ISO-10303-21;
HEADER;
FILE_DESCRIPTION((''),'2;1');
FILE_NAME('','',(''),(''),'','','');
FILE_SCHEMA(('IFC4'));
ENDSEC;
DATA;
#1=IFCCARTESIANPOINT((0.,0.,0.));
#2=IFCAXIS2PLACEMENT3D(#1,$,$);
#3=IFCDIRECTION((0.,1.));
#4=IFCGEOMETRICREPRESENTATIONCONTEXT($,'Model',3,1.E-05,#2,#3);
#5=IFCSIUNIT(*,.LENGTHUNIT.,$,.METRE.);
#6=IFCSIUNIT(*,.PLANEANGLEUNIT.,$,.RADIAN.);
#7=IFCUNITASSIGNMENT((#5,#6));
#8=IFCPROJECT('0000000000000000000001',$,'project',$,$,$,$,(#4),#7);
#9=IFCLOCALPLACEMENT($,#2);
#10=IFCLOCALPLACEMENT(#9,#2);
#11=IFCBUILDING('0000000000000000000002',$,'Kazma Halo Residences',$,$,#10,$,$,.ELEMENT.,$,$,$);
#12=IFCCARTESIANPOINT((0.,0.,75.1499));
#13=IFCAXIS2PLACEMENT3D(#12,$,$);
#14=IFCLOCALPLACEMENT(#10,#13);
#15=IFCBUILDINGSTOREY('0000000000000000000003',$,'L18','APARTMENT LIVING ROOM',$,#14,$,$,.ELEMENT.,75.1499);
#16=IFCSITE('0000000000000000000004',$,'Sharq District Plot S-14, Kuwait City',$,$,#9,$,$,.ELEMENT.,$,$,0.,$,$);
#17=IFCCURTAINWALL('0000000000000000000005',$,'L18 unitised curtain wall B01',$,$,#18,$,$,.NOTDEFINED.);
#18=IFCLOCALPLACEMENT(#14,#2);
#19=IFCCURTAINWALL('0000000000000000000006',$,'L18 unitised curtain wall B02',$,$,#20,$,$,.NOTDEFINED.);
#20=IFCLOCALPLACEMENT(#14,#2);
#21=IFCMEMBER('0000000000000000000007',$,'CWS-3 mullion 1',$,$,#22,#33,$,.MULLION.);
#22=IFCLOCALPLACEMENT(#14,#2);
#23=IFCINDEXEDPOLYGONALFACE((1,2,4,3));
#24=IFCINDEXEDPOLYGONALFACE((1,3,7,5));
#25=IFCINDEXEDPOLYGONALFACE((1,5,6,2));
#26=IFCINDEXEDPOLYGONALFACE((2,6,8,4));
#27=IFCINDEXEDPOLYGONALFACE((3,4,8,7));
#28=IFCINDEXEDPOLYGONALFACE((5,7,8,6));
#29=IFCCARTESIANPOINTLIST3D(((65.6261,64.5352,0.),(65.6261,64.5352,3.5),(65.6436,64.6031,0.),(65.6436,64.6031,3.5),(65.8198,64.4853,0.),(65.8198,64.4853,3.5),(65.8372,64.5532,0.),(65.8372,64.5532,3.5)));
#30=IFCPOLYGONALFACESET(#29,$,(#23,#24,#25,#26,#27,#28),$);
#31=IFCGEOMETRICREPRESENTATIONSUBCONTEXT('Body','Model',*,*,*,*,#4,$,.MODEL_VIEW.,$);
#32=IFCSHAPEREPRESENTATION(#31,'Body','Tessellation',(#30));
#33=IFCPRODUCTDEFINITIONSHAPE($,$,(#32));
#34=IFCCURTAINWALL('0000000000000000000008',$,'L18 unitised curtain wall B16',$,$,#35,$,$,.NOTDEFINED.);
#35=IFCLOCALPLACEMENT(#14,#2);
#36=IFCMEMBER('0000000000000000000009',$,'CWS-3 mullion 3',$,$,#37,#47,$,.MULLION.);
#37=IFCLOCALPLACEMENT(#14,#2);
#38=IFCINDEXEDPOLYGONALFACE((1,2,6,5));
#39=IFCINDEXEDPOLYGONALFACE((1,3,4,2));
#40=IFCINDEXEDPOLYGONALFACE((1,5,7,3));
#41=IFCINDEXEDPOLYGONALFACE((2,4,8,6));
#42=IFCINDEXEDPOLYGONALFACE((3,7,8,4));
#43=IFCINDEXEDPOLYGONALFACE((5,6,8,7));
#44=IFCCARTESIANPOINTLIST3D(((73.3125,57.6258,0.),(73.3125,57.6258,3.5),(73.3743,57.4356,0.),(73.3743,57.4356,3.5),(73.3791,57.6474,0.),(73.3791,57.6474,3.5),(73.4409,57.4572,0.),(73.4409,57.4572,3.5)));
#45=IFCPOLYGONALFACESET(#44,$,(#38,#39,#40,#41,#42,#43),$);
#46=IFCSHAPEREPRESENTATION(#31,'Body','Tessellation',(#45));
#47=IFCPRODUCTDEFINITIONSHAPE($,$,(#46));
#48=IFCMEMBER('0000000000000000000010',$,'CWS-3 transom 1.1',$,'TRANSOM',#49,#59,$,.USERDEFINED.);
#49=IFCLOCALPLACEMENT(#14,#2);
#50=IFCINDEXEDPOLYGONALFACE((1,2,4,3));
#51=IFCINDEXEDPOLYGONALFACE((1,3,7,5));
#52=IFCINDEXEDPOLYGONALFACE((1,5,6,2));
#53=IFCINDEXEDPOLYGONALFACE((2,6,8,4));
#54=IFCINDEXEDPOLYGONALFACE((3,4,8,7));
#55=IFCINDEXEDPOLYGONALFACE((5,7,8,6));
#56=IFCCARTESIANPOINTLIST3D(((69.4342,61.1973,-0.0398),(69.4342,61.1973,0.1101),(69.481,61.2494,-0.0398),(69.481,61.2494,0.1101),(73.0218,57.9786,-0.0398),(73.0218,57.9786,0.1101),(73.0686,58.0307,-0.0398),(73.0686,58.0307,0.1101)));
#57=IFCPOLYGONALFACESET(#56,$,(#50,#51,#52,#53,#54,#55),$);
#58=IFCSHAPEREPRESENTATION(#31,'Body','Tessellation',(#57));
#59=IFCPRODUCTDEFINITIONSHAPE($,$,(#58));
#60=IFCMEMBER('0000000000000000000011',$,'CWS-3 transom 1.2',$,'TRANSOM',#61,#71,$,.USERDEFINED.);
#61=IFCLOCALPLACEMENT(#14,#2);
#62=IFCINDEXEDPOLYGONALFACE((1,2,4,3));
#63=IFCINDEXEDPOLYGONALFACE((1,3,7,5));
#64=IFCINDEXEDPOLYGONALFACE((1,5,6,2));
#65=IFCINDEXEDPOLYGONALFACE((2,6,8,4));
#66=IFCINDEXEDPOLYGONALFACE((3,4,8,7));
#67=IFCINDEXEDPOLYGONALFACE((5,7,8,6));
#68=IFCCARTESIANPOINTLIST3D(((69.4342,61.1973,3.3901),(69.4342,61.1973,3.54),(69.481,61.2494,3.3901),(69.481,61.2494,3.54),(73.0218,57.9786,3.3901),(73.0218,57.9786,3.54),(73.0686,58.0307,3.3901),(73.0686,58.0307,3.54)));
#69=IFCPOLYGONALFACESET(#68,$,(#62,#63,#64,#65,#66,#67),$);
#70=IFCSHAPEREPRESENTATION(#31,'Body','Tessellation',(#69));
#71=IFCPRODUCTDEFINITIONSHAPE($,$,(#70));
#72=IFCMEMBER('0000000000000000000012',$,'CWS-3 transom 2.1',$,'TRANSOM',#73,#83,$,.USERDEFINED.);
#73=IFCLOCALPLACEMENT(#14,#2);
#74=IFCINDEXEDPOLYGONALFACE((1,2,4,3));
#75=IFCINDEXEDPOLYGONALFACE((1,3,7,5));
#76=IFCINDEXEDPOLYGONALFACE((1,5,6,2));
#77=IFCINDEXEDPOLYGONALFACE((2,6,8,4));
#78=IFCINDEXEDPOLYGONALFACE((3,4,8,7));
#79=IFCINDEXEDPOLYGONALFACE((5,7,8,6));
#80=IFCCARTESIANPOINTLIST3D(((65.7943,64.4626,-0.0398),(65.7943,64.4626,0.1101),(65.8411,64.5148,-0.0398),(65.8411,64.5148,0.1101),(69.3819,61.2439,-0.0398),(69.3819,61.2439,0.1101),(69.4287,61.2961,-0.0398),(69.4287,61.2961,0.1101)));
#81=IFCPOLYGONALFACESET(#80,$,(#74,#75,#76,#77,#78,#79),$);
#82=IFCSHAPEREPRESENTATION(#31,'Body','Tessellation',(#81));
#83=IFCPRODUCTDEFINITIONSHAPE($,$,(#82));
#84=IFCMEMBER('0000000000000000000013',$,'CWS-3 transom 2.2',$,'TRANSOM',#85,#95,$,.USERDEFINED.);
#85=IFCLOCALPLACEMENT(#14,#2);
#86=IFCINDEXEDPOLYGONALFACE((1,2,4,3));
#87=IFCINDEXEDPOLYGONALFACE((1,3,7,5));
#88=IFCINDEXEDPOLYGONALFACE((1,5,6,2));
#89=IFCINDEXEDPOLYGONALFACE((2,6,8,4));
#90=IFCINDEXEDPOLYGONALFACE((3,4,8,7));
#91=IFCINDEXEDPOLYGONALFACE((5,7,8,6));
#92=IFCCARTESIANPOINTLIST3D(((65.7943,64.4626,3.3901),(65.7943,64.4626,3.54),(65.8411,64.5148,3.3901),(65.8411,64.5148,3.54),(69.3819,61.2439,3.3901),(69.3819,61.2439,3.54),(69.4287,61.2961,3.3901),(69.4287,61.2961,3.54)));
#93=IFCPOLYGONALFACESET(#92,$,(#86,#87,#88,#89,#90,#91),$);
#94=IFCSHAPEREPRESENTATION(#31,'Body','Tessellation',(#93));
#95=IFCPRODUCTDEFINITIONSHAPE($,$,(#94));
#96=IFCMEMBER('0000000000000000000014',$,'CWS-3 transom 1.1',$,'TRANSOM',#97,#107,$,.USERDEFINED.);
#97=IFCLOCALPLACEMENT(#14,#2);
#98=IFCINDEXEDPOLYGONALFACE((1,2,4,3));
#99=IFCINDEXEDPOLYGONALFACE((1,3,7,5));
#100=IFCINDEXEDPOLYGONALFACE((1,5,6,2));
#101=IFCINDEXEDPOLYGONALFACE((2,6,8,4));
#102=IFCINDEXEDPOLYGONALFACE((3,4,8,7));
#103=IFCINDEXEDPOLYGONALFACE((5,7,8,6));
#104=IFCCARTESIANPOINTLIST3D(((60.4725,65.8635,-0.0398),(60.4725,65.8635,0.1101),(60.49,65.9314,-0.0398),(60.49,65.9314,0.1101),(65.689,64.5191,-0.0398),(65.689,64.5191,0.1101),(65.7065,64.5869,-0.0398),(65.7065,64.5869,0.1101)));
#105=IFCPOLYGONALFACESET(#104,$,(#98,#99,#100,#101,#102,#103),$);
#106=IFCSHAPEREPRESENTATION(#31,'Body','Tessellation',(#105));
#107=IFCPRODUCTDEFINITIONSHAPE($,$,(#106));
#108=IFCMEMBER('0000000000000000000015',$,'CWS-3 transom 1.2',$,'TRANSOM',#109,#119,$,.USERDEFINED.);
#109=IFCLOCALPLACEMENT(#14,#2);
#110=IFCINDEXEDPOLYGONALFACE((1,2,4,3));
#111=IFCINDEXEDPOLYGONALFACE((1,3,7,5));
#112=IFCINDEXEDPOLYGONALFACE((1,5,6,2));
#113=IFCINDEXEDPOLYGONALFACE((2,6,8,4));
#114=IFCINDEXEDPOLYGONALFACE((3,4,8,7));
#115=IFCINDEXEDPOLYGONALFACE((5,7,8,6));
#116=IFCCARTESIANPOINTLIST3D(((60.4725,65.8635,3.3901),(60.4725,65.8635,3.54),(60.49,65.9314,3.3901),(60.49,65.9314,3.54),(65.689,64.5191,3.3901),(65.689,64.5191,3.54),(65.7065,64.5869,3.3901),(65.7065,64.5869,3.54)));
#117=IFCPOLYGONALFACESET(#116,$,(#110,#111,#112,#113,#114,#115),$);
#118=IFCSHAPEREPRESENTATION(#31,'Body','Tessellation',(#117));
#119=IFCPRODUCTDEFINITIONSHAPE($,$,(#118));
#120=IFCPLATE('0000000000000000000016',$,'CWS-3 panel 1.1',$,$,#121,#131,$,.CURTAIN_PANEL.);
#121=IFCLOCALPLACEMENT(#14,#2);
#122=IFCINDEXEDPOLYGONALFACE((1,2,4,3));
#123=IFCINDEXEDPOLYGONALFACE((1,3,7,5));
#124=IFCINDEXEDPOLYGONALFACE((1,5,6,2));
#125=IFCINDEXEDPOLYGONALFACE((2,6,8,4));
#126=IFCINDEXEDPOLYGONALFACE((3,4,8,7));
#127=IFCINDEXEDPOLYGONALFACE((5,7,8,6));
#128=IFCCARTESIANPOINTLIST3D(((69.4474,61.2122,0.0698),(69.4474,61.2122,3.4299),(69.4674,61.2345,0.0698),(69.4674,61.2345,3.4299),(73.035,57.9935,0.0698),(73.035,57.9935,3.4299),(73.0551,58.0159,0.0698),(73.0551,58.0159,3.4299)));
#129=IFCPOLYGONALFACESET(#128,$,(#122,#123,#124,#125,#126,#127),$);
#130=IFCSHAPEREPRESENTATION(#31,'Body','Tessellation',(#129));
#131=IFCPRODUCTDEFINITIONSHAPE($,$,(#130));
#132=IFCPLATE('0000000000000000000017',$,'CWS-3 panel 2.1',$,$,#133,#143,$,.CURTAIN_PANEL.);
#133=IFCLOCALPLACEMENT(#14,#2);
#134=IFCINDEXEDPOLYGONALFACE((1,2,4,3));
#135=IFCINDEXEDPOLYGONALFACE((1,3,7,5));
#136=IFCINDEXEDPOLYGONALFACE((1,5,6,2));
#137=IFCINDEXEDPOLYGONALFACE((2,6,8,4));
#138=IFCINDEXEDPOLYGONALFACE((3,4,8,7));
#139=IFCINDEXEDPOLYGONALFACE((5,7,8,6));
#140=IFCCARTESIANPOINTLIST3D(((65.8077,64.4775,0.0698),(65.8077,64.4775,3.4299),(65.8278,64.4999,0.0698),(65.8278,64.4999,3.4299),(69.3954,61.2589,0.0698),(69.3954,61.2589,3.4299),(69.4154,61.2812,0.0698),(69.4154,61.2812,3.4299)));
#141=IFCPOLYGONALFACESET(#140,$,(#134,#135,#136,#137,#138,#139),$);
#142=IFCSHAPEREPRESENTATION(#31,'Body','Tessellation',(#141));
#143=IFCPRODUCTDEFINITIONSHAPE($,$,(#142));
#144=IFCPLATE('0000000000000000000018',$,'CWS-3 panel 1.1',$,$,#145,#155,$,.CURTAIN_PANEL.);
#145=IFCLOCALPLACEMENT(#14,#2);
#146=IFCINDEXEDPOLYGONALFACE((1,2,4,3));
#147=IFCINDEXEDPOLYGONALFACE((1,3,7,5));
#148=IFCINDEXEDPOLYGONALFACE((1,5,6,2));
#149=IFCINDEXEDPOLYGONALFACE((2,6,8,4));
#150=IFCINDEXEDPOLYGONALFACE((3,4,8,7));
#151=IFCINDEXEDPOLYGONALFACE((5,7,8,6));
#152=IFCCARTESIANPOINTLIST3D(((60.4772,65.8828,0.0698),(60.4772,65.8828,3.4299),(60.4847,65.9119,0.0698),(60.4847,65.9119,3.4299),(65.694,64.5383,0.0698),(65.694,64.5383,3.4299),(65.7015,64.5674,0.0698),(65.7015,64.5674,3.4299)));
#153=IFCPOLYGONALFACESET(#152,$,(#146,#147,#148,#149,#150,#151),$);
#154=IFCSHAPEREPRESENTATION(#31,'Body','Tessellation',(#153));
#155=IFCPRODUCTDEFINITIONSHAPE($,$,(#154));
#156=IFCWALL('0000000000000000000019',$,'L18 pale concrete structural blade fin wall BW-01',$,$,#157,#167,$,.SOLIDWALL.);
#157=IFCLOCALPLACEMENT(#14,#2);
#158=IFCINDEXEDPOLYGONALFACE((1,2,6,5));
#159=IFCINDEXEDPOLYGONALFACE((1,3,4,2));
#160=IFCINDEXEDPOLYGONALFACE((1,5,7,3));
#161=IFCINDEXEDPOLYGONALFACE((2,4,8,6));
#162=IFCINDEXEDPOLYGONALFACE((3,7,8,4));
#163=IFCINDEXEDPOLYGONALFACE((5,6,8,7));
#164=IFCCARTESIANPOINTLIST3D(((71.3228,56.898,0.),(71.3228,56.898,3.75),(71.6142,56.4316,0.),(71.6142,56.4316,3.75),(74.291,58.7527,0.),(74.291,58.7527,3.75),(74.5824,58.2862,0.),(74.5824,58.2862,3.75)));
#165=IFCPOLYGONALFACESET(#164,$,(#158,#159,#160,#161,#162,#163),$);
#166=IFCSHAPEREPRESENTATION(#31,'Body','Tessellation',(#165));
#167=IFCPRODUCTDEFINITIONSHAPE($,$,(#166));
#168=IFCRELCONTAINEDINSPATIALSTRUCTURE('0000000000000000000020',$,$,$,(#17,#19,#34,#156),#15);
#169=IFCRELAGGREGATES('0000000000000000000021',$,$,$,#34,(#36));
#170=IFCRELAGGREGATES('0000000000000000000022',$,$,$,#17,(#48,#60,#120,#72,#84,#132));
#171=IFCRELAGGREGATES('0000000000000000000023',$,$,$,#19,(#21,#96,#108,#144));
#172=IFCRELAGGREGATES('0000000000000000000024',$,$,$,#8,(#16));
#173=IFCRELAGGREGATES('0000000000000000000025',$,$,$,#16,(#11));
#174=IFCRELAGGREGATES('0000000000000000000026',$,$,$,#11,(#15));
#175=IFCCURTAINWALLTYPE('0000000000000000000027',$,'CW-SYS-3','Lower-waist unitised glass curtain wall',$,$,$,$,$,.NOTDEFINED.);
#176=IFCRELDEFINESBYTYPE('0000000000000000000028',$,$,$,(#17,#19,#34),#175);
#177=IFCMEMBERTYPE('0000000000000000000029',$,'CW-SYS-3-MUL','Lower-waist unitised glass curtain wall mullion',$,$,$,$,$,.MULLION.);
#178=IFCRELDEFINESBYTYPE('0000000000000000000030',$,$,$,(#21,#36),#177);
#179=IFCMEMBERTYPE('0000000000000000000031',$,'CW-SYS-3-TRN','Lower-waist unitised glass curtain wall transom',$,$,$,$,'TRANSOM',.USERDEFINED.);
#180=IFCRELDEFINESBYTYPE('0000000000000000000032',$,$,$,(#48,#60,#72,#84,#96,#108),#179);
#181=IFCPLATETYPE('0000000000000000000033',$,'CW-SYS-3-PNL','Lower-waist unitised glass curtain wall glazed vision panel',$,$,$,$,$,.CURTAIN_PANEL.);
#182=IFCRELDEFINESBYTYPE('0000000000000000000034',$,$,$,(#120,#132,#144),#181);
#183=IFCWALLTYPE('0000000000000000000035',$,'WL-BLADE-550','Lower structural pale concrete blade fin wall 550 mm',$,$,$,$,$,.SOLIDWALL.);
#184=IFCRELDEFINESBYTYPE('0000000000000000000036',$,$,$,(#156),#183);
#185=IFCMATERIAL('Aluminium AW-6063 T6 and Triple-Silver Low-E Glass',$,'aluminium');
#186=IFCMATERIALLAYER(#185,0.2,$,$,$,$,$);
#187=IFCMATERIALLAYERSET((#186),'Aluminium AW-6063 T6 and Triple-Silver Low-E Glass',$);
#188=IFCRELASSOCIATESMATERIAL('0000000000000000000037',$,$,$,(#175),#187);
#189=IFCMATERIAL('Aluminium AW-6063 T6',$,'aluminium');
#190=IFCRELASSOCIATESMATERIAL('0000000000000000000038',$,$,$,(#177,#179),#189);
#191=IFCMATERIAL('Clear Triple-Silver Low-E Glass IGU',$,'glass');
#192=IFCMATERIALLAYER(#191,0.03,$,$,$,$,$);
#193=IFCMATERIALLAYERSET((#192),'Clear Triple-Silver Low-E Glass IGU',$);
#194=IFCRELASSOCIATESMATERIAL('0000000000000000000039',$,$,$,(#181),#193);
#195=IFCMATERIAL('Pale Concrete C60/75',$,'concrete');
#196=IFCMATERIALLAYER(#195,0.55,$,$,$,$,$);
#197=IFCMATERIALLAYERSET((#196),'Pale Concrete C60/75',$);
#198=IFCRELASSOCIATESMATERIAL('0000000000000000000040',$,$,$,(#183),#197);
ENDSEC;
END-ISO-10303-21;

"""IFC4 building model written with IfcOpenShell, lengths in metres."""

from ifc_helpers import new_model, si_unit, direction, frame, frame_2d, origin, origin_2d, place, context, subcontext, project, spatial, rectangle, extrude, material, layer, layer_set, material_profile, profile_set, type_object, element, aggregate, save


model = new_model("IFC4")

# Units and contexts
model_context = context("Model", 3, precision=1e-05, world=origin(), true_north=direction((0.0, 1.0)))
body_context = subcontext(model_context, "Body", "Model", "MODEL_VIEW")
ifc_project = project(units=[si_unit("LENGTHUNIT", "METRE"), si_unit("PLANEANGLEUNIT", "RADIAN")], contexts=[model_context])

# Site, building, storey
site_placement = place(None, origin())
site = spatial("IfcSite", under=ifc_project, at=site_placement, Name="Sharq District Plot S-14, Kuwait City", CompositionType="ELEMENT", RefElevation=0.0)
building_placement = place(site_placement, origin())
building = spatial("IfcBuilding", under=site, at=building_placement, Name="Kazma Halo Residences", CompositionType="ELEMENT")
storey_placement = place(building_placement, frame((0.0, 0.0, 75.1499)))
storey = spatial("IfcBuildingStorey", under=building, at=storey_placement, Name="L18", Description="APARTMENT LIVING ROOM", CompositionType="ELEMENT", Elevation=75.1499)

# Curtain wall
ifc_material_1 = material(Name="Aluminium AW-6063 T6 and Triple-Silver Low-E Glass", Category="aluminium")
ifc_layer_1 = layer(ifc_material_1, 0.2)
ifc_layer_set_1 = layer_set([ifc_layer_1], Name="Aluminium AW-6063 T6 and Triple-Silver Low-E Glass")
curtain_wall_type = type_object("IfcCurtainWallType", Name="CW-SYS-3", Description="Lower-waist unitised glass curtain wall", PredefinedType="NOTDEFINED", material=ifc_layer_set_1)
curtain_wall_1_placement = place(storey_placement, origin())
curtain_wall_1 = element("IfcCurtainWall", 1, at=curtain_wall_1_placement, inside=storey, type_object=curtain_wall_type, Name="L18 unitised curtain wall B01", PredefinedType="NOTDEFINED")
ifc_material_2 = material(Name="Aluminium AW-6063 T6", Category="aluminium")
ifc_material_profile_1 = material_profile(ifc_material_2, rectangle(XDim=0.0701, YDim=0.2, at=origin_2d()), Name="CWM-70x200")
ifc_profile_set_1 = profile_set([ifc_material_profile_1], Name="Aluminium AW-6063 T6")
member_type_1 = type_object("IfcMemberType", Name="CW-SYS-3-MUL", Description="Lower-waist unitised glass curtain wall mullion", PredefinedType="MULLION", material=ifc_profile_set_1)

# Curtain walls, members
curtain_wall_2_placement = place(storey_placement, origin())
curtain_wall_2 = element("IfcCurtainWall", 2, at=curtain_wall_2_placement, inside=storey, type_object=curtain_wall_type, Name="L18 unitised curtain wall B02", PredefinedType="NOTDEFINED")
member_1_placement = place(storey_placement, frame((65.7317, 64.5442, 0.0), z_axis=(0.0, 0.0, 1.0), x_axis=(-0.249572, -0.968356, 0.0)))
member_1 = element("IfcMember", 3, at=member_1_placement, type_object=member_type_1, Name="CWS-3 mullion 1", PredefinedType="MULLION", context=body_context, shape_type="SweptSolid", body=[
    extrude(rectangle(XDim=0.0701, YDim=0.2, at=origin_2d()), origin(), (0.0, 0.0, 1.0), 3.5),
])
curtain_wall_3_placement = place(storey_placement, origin())
curtain_wall_3 = element("IfcCurtainWall", 4, at=curtain_wall_3_placement, inside=storey, type_object=curtain_wall_type, Name="L18 unitised curtain wall B16", PredefinedType="NOTDEFINED")
member_2_placement = place(storey_placement, frame((73.3767, 57.5415, 0.0), z_axis=(0.0, 0.0, 1.0), x_axis=(-0.951058, -0.309013, 0.0)))
member_2 = element("IfcMember", 5, at=member_2_placement, type_object=member_type_1, Name="CWS-3 mullion 3", PredefinedType="MULLION", context=body_context, shape_type="SweptSolid", body=[
    extrude(rectangle(XDim=0.0701, YDim=0.2, at=origin_2d()), origin(), (0.0, 0.0, 1.0), 3.5),
])
aggregate(curtain_wall_3, [member_2])

# Members
ifc_material_profile_2 = material_profile(ifc_material_2, rectangle(XDim=0.0701, YDim=0.1499, at=origin_2d()), Name="CWT-70x150")
ifc_profile_set_2 = profile_set([ifc_material_profile_2], Name="Aluminium AW-6063 T6")
member_type_2 = type_object("IfcMemberType", Name="CW-SYS-3-TRN", Description="Lower-waist unitised glass curtain wall transom", ElementType="TRANSOM", PredefinedType="USERDEFINED", material=ifc_profile_set_2)
member_3_placement = place(storey_placement, frame((73.0452, 58.0046, 0.0352), z_axis=(-0.744338, 0.667803, 0.0), x_axis=(-0.667803, -0.744338, 0.0)))
member_3 = element("IfcMember", 6, at=member_3_placement, type_object=member_type_2, Name="CWS-3 transom 1.1", ObjectType="TRANSOM", PredefinedType="USERDEFINED", context=body_context, shape_type="SweptSolid", body=[
    extrude(rectangle(XDim=0.0701, YDim=0.1499, at=origin_2d()), origin(), (0.0, 0.0, 1.0), 4.8198),
])
member_4_placement = place(storey_placement, frame((73.0452, 58.0046, 3.4651), z_axis=(-0.744338, 0.667803, 0.0), x_axis=(-0.667803, -0.744338, 0.0)))
member_4 = element("IfcMember", 7, at=member_4_placement, type_object=member_type_2, Name="CWS-3 transom 1.2", ObjectType="TRANSOM", PredefinedType="USERDEFINED", context=body_context, shape_type="SweptSolid", body=[
    extrude(rectangle(XDim=0.0701, YDim=0.1499, at=origin_2d()), origin(), (0.0, 0.0, 1.0), 4.8198),
])
member_5_placement = place(storey_placement, frame((69.4053, 61.27, 0.0352), z_axis=(-0.744338, 0.667803, 0.0), x_axis=(-0.667803, -0.744338, 0.0)))
member_5 = element("IfcMember", 8, at=member_5_placement, type_object=member_type_2, Name="CWS-3 transom 2.1", ObjectType="TRANSOM", PredefinedType="USERDEFINED", context=body_context, shape_type="SweptSolid", body=[
    extrude(rectangle(XDim=0.0701, YDim=0.1499, at=origin_2d()), origin(), (0.0, 0.0, 1.0), 4.8198),
])
member_6_placement = place(storey_placement, frame((69.4053, 61.27, 3.4651), z_axis=(-0.744338, 0.667803, 0.0), x_axis=(-0.667803, -0.744338, 0.0)))
member_6 = element("IfcMember", 9, at=member_6_placement, type_object=member_type_2, Name="CWS-3 transom 2.2", ObjectType="TRANSOM", PredefinedType="USERDEFINED", context=body_context, shape_type="SweptSolid", body=[
    extrude(rectangle(XDim=0.0701, YDim=0.1499, at=origin_2d()), origin(), (0.0, 0.0, 1.0), 4.8198),
])
member_7_placement = place(storey_placement, frame((65.6978, 64.553, 0.0352), z_axis=(-0.968355, 0.249578, 0.0), x_axis=(-0.249578, -0.968355, 0.0)))
member_7 = element("IfcMember", 10, at=member_7_placement, type_object=member_type_2, Name="CWS-3 transom 1.1", ObjectType="TRANSOM", PredefinedType="USERDEFINED", context=body_context, shape_type="SweptSolid", body=[
    extrude(rectangle(XDim=0.0701, YDim=0.1499, at=origin_2d()), origin(), (0.0, 0.0, 1.0), 5.387),
])
member_8_placement = place(storey_placement, frame((65.6978, 64.553, 3.4651), z_axis=(-0.968355, 0.249578, 0.0), x_axis=(-0.249578, -0.968355, 0.0)))
member_8 = element("IfcMember", 11, at=member_8_placement, type_object=member_type_2, Name="CWS-3 transom 1.2", ObjectType="TRANSOM", PredefinedType="USERDEFINED", context=body_context, shape_type="SweptSolid", body=[
    extrude(rectangle(XDim=0.0701, YDim=0.1499, at=origin_2d()), origin(), (0.0, 0.0, 1.0), 5.387),
])

# Plates
ifc_material_3 = material(Name="Clear Triple-Silver Low-E Glass IGU", Category="glass")
ifc_layer_2 = layer(ifc_material_3, 0.03)
ifc_layer_set_2 = layer_set([ifc_layer_2], Name="Clear Triple-Silver Low-E Glass IGU")
plate_type = type_object("IfcPlateType", Name="CW-SYS-3-PNL", Description="Lower-waist unitised glass curtain wall glazed vision panel", PredefinedType="CURTAIN_PANEL", material=ifc_layer_set_2)
plate_1_placement = place(storey_placement, frame((71.2512, 59.614, 0.0698), z_axis=(0.0, 0.0, 1.0), x_axis=(-0.744345, 0.667795, 0.0)))
plate_1 = element("IfcPlate", 12, at=plate_1_placement, type_object=plate_type, Name="CWS-3 panel 1.1", PredefinedType="CURTAIN_PANEL", context=body_context, shape_type="SweptSolid", body=[
    extrude(rectangle(XDim=4.8198, YDim=0.03, at=origin_2d()), origin(), (0.0, 0.0, 1.0), 3.3601),
])
plate_2_placement = place(storey_placement, frame((67.6116, 62.8794, 0.0698), z_axis=(0.0, 0.0, 1.0), x_axis=(-0.744345, 0.667795, 0.0)))
plate_2 = element("IfcPlate", 13, at=plate_2_placement, type_object=plate_type, Name="CWS-3 panel 2.1", PredefinedType="CURTAIN_PANEL", context=body_context, shape_type="SweptSolid", body=[
    extrude(rectangle(XDim=4.8198, YDim=0.03, at=origin_2d()), origin(), (0.0, 0.0, 1.0), 3.3601),
])
aggregate(curtain_wall_1, [member_3, member_4, plate_1, member_5, member_6, plate_2])
plate_3_placement = place(storey_placement, frame((63.0894, 65.2251, 0.0698), z_axis=(0.0, 0.0, 1.0), x_axis=(-0.968356, 0.249572, 0.0)))
plate_3 = element("IfcPlate", 14, at=plate_3_placement, type_object=plate_type, Name="CWS-3 panel 1.1", PredefinedType="CURTAIN_PANEL", context=body_context, shape_type="SweptSolid", body=[
    extrude(rectangle(XDim=5.3872, YDim=0.03, at=origin_2d()), origin(), (0.0, 0.0, 1.0), 3.3601),
])
aggregate(curtain_wall_2, [member_1, member_7, member_8, plate_3])

# Wall
ifc_material_4 = material(Name="Pale Concrete C60/75", Category="concrete")
ifc_layer_3 = layer(ifc_material_4, 0.55)
ifc_layer_set_3 = layer_set([ifc_layer_3], Name="Pale Concrete C60/75")
wall_type_1 = type_object("IfcWallType", Name="WL-BLADE-550", Description="Lower structural pale concrete blade fin wall 550 mm", PredefinedType="SOLIDWALL", material=ifc_layer_set_3)
wall_1_placement = place(storey_placement, frame((71.4685, 56.6648, 0.0), z_axis=(0.0, 0.0, 1.0), x_axis=(0.848053, 0.529911, 0.0)))
element("IfcWall", 15, at=wall_1_placement, inside=storey, type_object=wall_type_1, Name="L18 pale concrete structural blade fin wall BW-01", PredefinedType="SOLIDWALL", context=body_context, shape_type="SweptSolid", body=[
    extrude(rectangle(XDim=3.5, YDim=0.55, at=frame_2d((1.75, 0.0))), origin(), (0.0, 0.0, 1.0), 3.75),
])

save(model, "model.ifc")
